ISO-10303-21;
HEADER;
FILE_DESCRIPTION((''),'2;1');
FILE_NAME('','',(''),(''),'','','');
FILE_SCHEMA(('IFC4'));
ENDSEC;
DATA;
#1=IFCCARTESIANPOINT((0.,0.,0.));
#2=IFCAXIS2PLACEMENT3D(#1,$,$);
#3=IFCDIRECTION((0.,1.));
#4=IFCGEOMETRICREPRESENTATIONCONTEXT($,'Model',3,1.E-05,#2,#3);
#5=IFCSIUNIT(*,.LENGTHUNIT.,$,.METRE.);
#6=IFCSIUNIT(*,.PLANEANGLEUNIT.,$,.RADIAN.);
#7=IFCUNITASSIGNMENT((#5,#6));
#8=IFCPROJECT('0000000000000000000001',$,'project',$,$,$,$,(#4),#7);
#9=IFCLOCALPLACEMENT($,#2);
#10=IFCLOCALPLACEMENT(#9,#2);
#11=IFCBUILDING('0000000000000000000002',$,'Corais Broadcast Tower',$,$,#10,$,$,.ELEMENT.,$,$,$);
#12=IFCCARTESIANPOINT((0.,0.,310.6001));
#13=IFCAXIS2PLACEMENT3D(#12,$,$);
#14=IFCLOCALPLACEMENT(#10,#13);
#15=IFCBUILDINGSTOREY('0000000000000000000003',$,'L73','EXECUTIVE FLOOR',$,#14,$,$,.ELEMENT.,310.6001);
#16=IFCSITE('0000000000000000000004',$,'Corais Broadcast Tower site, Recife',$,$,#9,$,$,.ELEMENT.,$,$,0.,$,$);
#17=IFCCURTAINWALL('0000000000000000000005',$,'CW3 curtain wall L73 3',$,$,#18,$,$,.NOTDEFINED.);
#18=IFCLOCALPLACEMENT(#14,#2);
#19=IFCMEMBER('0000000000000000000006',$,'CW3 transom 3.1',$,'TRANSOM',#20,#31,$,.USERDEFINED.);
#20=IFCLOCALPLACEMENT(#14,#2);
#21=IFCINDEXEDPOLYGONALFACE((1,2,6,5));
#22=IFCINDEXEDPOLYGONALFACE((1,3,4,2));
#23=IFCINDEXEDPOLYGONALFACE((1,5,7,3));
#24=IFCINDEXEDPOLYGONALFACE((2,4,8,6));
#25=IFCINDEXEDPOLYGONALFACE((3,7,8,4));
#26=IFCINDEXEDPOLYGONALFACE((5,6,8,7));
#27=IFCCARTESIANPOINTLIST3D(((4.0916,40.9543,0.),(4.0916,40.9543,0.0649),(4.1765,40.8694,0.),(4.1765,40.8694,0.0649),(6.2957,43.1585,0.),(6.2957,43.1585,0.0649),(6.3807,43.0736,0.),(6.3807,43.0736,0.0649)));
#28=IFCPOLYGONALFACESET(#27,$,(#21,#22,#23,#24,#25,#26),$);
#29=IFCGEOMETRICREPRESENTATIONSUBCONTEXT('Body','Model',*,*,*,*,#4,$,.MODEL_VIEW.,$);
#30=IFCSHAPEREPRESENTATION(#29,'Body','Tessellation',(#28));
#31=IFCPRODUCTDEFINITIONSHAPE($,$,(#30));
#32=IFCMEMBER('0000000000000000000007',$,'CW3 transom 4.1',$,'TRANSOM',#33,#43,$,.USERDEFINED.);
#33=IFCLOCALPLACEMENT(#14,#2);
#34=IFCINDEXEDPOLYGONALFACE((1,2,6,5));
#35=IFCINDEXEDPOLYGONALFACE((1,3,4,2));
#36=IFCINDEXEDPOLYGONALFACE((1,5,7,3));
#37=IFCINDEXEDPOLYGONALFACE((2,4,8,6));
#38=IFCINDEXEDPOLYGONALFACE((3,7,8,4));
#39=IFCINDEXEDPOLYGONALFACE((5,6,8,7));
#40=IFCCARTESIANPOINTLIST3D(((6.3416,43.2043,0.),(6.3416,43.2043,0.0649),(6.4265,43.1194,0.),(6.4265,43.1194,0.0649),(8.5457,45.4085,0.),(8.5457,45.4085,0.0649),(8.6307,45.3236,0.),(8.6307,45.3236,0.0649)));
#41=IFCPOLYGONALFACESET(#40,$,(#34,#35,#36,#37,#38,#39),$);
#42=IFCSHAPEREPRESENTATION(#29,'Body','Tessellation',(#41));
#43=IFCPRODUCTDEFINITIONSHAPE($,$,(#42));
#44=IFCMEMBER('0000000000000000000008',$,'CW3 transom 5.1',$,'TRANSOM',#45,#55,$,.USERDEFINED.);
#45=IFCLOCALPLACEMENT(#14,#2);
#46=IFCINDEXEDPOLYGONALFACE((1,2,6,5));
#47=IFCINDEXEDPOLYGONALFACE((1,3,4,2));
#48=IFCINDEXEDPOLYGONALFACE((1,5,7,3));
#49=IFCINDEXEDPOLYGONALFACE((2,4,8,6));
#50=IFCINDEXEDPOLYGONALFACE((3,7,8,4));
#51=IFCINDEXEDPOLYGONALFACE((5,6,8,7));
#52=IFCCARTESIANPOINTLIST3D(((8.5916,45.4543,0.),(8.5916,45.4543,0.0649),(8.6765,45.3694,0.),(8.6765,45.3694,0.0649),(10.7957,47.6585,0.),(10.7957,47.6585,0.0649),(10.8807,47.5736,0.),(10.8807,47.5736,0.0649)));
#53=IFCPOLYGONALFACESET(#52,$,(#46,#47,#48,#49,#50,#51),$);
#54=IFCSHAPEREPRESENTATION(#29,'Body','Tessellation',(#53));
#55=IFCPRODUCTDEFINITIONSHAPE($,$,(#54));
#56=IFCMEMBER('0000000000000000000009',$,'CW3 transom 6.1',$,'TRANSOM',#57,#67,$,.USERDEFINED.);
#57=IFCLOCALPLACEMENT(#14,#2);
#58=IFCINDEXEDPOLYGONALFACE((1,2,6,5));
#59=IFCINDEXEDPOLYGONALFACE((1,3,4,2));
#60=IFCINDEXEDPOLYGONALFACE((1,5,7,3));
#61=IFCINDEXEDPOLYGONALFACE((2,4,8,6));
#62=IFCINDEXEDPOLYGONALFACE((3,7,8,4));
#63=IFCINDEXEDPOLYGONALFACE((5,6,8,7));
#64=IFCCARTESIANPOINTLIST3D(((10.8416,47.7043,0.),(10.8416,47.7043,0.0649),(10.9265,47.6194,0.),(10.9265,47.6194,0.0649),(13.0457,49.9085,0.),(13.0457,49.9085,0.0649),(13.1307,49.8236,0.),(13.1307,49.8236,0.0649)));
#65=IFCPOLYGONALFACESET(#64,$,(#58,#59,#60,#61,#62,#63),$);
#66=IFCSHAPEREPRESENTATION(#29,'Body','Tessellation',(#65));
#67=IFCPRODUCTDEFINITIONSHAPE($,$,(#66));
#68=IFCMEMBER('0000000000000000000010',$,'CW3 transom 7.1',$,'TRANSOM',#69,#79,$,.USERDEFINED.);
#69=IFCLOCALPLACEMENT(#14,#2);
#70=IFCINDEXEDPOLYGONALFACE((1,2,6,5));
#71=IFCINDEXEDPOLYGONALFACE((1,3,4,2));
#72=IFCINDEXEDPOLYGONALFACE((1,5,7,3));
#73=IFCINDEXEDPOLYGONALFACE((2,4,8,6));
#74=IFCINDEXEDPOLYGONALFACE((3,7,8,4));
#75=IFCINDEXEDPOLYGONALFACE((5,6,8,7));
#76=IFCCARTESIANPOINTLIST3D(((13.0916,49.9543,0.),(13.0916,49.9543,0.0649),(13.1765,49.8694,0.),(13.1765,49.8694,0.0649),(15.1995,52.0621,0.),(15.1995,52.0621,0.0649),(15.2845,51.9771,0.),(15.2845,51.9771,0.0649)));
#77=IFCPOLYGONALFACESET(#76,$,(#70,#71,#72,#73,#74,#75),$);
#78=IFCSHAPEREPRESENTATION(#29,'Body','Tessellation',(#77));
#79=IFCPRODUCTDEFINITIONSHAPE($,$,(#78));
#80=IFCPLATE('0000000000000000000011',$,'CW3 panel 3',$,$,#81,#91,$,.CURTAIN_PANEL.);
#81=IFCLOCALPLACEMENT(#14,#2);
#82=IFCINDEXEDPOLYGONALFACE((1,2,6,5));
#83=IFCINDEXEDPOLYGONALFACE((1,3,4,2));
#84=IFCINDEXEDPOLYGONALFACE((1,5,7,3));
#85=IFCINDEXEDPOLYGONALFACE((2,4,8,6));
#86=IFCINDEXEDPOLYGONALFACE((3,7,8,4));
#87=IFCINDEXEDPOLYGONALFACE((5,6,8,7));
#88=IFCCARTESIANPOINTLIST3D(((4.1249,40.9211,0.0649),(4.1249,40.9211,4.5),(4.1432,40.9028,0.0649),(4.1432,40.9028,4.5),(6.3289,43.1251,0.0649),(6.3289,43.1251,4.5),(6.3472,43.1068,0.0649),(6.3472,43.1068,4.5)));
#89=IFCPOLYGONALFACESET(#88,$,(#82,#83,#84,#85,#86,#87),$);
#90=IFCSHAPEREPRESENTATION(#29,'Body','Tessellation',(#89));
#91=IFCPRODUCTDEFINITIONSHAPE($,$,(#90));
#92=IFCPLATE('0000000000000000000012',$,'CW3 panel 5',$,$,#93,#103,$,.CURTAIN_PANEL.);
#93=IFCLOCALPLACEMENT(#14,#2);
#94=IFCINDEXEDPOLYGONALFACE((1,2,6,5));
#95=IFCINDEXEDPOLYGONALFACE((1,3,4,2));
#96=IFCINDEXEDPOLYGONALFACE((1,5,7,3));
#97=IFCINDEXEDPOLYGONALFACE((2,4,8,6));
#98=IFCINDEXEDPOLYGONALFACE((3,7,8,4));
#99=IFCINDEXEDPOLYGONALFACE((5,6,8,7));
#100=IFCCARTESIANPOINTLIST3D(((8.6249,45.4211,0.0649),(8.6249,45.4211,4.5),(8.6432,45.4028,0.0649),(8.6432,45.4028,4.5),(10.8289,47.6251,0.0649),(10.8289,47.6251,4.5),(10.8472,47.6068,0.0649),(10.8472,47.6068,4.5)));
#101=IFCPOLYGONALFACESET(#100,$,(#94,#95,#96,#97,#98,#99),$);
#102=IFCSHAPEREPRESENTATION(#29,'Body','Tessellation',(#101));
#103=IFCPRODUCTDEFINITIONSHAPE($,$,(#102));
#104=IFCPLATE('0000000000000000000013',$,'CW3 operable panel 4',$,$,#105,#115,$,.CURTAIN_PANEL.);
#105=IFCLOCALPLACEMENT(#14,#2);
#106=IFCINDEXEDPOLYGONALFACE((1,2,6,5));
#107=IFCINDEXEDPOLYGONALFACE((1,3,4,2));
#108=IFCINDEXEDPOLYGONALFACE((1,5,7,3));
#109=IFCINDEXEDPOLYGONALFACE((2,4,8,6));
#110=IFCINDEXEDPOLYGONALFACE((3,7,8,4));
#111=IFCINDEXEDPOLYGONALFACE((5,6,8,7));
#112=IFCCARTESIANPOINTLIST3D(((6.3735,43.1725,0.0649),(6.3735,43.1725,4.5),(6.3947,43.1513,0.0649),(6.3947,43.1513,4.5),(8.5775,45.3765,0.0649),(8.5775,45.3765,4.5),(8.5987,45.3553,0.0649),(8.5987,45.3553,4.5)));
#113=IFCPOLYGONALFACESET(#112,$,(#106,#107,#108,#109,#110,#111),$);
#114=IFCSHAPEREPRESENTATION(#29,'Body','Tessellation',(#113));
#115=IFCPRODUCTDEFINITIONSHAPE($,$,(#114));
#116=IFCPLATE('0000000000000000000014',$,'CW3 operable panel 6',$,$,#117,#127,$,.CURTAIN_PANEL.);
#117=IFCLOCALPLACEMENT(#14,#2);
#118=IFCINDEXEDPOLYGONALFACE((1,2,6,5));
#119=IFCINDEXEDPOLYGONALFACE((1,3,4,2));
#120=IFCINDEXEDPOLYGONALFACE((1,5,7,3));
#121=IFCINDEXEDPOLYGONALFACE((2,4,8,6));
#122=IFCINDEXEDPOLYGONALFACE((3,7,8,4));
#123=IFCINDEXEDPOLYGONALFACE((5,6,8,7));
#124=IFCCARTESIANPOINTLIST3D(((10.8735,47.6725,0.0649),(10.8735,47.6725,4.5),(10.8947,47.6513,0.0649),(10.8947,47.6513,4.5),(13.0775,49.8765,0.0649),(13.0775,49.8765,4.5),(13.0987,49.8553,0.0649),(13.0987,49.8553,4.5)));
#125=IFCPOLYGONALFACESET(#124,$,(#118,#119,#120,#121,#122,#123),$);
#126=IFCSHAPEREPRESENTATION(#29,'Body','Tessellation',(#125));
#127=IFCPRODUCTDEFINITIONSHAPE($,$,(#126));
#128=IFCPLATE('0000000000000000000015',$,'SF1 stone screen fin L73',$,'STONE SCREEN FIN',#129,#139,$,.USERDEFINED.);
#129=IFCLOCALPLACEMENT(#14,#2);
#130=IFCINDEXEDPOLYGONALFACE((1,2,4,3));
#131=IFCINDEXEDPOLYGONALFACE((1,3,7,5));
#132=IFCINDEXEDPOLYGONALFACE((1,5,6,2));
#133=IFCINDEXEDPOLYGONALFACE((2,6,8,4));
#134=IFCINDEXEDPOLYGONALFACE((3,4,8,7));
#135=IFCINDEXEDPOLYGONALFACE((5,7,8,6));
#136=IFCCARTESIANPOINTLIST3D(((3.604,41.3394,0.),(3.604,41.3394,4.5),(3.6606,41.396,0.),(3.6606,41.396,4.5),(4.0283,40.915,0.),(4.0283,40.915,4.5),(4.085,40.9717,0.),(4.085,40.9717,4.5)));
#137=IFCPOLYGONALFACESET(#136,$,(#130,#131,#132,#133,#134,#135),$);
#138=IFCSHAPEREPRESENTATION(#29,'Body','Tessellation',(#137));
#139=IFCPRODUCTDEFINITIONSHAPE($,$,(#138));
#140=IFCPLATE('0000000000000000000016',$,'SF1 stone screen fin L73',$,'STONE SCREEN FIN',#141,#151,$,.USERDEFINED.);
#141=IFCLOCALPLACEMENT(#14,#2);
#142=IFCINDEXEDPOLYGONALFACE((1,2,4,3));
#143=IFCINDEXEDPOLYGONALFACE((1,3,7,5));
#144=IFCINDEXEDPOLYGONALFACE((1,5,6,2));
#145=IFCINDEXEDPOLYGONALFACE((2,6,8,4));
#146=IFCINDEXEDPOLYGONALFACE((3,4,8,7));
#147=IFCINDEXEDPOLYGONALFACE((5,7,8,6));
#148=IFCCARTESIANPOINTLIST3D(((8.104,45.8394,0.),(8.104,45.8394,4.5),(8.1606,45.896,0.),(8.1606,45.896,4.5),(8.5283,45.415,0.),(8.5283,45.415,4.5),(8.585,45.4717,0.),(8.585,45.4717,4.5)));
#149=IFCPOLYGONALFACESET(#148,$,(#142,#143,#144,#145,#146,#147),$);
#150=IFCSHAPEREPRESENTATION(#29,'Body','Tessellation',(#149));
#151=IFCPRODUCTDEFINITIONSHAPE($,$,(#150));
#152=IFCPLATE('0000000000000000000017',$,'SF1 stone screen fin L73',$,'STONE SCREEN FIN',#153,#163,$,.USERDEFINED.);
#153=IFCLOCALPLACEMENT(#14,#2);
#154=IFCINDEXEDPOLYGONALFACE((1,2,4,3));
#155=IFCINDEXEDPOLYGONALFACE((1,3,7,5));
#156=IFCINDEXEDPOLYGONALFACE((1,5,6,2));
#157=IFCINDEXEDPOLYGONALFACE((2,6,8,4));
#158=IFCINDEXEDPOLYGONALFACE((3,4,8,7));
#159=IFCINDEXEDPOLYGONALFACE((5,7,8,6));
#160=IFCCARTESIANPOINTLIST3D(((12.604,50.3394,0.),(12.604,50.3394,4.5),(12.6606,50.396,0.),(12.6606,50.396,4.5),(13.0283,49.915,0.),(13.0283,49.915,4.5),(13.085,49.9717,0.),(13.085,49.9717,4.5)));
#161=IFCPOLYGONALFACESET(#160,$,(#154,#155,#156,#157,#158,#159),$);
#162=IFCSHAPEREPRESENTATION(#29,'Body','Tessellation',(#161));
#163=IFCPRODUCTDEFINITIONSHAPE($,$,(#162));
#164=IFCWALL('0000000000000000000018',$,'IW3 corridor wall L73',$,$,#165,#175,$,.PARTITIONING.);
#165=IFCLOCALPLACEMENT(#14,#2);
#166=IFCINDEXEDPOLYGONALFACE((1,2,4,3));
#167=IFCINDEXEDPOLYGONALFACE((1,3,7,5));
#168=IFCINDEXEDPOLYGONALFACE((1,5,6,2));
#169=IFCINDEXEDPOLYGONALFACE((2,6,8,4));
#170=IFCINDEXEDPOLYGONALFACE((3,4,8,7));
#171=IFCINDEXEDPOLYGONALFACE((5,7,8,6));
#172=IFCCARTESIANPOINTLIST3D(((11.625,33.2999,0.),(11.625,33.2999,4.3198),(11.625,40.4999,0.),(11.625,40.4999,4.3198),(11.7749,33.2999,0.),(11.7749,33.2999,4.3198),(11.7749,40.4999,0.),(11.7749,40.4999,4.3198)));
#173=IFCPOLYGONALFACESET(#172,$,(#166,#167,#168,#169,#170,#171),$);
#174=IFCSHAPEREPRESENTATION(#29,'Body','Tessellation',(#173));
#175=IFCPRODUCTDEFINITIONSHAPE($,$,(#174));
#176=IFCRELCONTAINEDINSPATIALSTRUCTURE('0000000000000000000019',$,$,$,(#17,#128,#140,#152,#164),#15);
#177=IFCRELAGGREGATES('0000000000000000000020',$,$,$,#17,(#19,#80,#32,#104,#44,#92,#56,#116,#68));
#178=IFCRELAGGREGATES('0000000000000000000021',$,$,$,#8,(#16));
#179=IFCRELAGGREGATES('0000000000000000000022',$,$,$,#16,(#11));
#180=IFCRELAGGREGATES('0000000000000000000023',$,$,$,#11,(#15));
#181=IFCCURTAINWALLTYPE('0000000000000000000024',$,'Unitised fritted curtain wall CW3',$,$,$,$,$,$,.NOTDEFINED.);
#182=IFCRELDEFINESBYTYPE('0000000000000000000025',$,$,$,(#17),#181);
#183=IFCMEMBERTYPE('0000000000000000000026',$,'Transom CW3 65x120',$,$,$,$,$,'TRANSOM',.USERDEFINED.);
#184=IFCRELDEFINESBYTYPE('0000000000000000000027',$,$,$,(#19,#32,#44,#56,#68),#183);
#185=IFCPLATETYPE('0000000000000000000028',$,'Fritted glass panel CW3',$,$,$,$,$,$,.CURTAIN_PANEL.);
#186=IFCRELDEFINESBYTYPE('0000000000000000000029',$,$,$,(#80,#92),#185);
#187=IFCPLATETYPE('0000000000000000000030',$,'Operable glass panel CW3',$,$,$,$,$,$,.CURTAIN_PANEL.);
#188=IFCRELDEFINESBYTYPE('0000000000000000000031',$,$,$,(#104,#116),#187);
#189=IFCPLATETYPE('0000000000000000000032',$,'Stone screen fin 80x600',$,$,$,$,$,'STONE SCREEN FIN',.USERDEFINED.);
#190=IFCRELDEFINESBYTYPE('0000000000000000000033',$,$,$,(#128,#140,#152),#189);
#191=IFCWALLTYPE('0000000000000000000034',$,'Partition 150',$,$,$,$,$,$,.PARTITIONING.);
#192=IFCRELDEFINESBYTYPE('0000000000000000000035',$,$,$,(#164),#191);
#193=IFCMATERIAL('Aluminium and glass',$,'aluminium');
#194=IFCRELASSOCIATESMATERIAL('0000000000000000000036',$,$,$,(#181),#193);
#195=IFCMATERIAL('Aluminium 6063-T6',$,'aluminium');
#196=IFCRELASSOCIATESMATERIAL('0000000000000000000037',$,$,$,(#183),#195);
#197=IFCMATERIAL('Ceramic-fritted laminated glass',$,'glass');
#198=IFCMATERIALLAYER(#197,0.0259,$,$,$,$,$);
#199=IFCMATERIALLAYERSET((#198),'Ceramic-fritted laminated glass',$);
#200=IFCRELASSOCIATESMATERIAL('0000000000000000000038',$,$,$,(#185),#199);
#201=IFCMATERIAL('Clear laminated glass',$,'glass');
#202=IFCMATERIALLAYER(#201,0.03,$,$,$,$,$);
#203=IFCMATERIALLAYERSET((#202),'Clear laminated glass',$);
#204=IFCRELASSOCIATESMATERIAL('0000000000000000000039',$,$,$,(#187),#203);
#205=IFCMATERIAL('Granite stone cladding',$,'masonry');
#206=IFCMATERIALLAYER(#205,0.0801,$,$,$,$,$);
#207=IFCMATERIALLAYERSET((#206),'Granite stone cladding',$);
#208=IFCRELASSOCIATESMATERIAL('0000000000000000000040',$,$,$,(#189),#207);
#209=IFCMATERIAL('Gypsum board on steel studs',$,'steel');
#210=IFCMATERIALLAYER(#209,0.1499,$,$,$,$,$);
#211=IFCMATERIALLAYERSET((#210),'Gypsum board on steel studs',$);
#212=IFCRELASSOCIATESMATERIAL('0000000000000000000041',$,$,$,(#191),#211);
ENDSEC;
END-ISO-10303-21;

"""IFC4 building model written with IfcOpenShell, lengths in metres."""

from ifc_helpers import new_model, si_unit, direction, frame, frame_2d, origin, origin_2d, place, context, subcontext, project, spatial, rectangle, extrude, material, layer, layer_set, material_profile, profile_set, type_object, element, aggregate, save


model = new_model("IFC4")

# Units and contexts
model_context = context("Model", 3, precision=1e-05, world=origin(), true_north=direction((0.0, 1.0)))
body_context = subcontext(model_context, "Body", "Model", "MODEL_VIEW")
ifc_project = project(units=[si_unit("LENGTHUNIT", "METRE"), si_unit("PLANEANGLEUNIT", "RADIAN")], contexts=[model_context])

# Site, building, storey
site_placement = place(None, origin())
site = spatial("IfcSite", under=ifc_project, at=site_placement, Name="Corais Broadcast Tower site, Recife", CompositionType="ELEMENT", RefElevation=0.0)
building_placement = place(site_placement, origin())
building = spatial("IfcBuilding", under=site, at=building_placement, Name="Corais Broadcast Tower", CompositionType="ELEMENT")
storey_placement = place(building_placement, frame((0.0, 0.0, 310.6001)))
storey = spatial("IfcBuildingStorey", under=building, at=storey_placement, Name="L73", Description="EXECUTIVE FLOOR", CompositionType="ELEMENT", Elevation=310.6001)

# Curtain wall
ifc_material_1 = material(Name="Aluminium and glass", Category="aluminium")
curtain_wall_type = type_object("IfcCurtainWallType", Name="Unitised fritted curtain wall CW3", PredefinedType="NOTDEFINED", material=ifc_material_1)
curtain_wall_placement = place(storey_placement, origin())
curtain_wall = element("IfcCurtainWall", 1, at=curtain_wall_placement, inside=storey, type_object=curtain_wall_type, Name="CW3 curtain wall L73 3", PredefinedType="NOTDEFINED")

# Members
ifc_material_2 = material(Name="Aluminium 6063-T6", Category="aluminium")
ifc_material_profile_1 = material_profile(ifc_material_2, rectangle(XDim=0.1201, YDim=0.0649, at=origin_2d()), Name="Transom CW3 65x120")
ifc_profile_set_1 = profile_set([ifc_material_profile_1], Name="Aluminium 6063-T6")
member_type_1 = type_object("IfcMemberType", Name="Transom CW3 65x120", ElementType="TRANSOM", PredefinedType="USERDEFINED", material=ifc_profile_set_1)
member_1_placement = place(storey_placement, frame((4.134, 40.9119, 0.0325), z_axis=(0.707107, 0.707107, 0.0), x_axis=(-0.707107, 0.707107, 0.0)))
member_1 = element("IfcMember", 2, at=member_1_placement, type_object=member_type_1, Name="CW3 transom 3.1", ObjectType="TRANSOM", PredefinedType="USERDEFINED", context=body_context, shape_type="SweptSolid", body=[
    extrude(rectangle(XDim=0.1201, YDim=0.0649, at=origin_2d()), origin(), (0.0, 0.0, 1.0), 3.1172),
])
member_2_placement = place(storey_placement, frame((6.384, 43.1619, 0.0325), z_axis=(0.707107, 0.707107, 0.0), x_axis=(-0.707107, 0.707107, 0.0)))
member_2 = element("IfcMember", 3, at=member_2_placement, type_object=member_type_1, Name="CW3 transom 4.1", ObjectType="TRANSOM", PredefinedType="USERDEFINED", context=body_context, shape_type="SweptSolid", body=[
    extrude(rectangle(XDim=0.1201, YDim=0.0649, at=origin_2d()), origin(), (0.0, 0.0, 1.0), 3.1172),
])
member_3_placement = place(storey_placement, frame((8.634, 45.4119, 0.0325), z_axis=(0.707107, 0.707107, 0.0), x_axis=(-0.707107, 0.707107, 0.0)))
member_3 = element("IfcMember", 4, at=member_3_placement, type_object=member_type_1, Name="CW3 transom 5.1", ObjectType="TRANSOM", PredefinedType="USERDEFINED", context=body_context, shape_type="SweptSolid", body=[
    extrude(rectangle(XDim=0.1201, YDim=0.0649, at=origin_2d()), origin(), (0.0, 0.0, 1.0), 3.1172),
])
member_4_placement = place(storey_placement, frame((10.884, 47.6619, 0.0325), z_axis=(0.707107, 0.707107, 0.0), x_axis=(-0.707107, 0.707107, 0.0)))
member_4 = element("IfcMember", 5, at=member_4_placement, type_object=member_type_1, Name="CW3 transom 6.1", ObjectType="TRANSOM", PredefinedType="USERDEFINED", context=body_context, shape_type="SweptSolid", body=[
    extrude(rectangle(XDim=0.1201, YDim=0.0649, at=origin_2d()), origin(), (0.0, 0.0, 1.0), 3.1172),
])
member_5_placement = place(storey_placement, frame((13.134, 49.9119, 0.0325), z_axis=(0.707148, 0.707066, 0.0), x_axis=(-0.707066, 0.707148, 0.0)))
member_5 = element("IfcMember", 6, at=member_5_placement, type_object=member_type_1, Name="CW3 transom 7.1", ObjectType="TRANSOM", PredefinedType="USERDEFINED", context=body_context, shape_type="SweptSolid", body=[
    extrude(rectangle(XDim=0.1201, YDim=0.0649, at=origin_2d()), origin(), (0.0, 0.0, 1.0), 2.981),
])

# Plates
ifc_material_3 = material(Name="Ceramic-fritted laminated glass", Category="glass")
ifc_layer_1 = layer(ifc_material_3, 0.0259)
ifc_layer_set_1 = layer_set([ifc_layer_1], Name="Ceramic-fritted laminated glass")
plate_type_1 = type_object("IfcPlateType", Name="Fritted glass panel CW3", PredefinedType="CURTAIN_PANEL", material=ifc_layer_set_1)
plate_1_placement = place(storey_placement, frame((5.2361, 42.0139, 0.0649), z_axis=(0.0, 0.0, 1.0), x_axis=(0.707107, 0.707107, 0.0)))
plate_1 = element("IfcPlate", 7, at=plate_1_placement, type_object=plate_type_1, Name="CW3 panel 3", PredefinedType="CURTAIN_PANEL", context=body_context, shape_type="SweptSolid", body=[
    extrude(rectangle(XDim=3.1169, YDim=0.0259, at=origin_2d()), origin(), (0.0, 0.0, 1.0), 4.4351),
])
plate_2_placement = place(storey_placement, frame((9.7361, 46.5139, 0.0649), z_axis=(0.0, 0.0, 1.0), x_axis=(0.707107, 0.707107, 0.0)))
plate_2 = element("IfcPlate", 8, at=plate_2_placement, type_object=plate_type_1, Name="CW3 panel 5", PredefinedType="CURTAIN_PANEL", context=body_context, shape_type="SweptSolid", body=[
    extrude(rectangle(XDim=3.1169, YDim=0.0259, at=origin_2d()), origin(), (0.0, 0.0, 1.0), 4.4351),
])
ifc_material_4 = material(Name="Clear laminated glass", Category="glass")
ifc_layer_2 = layer(ifc_material_4, 0.03)
ifc_layer_set_2 = layer_set([ifc_layer_2], Name="Clear laminated glass")
plate_type_2 = type_object("IfcPlateType", Name="Operable glass panel CW3", PredefinedType="CURTAIN_PANEL", material=ifc_layer_set_2)
plate_3_placement = place(storey_placement, frame((7.4861, 44.2639, 0.0649), z_axis=(0.0, 0.0, 1.0), x_axis=(0.707107, 0.707107, 0.0)))
plate_3 = element("IfcPlate", 9, at=plate_3_placement, type_object=plate_type_2, Name="CW3 operable panel 4", PredefinedType="CURTAIN_PANEL", context=body_context, shape_type="SweptSolid", body=[
    extrude(rectangle(XDim=3.1169, YDim=0.03, at=origin_2d()), origin(), (0.0, 0.0, 1.0), 4.4351),
])
plate_4_placement = place(storey_placement, frame((11.9861, 48.7639, 0.0649), z_axis=(0.0, 0.0, 1.0), x_axis=(0.707107, 0.707107, 0.0)))
plate_4 = element("IfcPlate", 10, at=plate_4_placement, type_object=plate_type_2, Name="CW3 operable panel 6", PredefinedType="CURTAIN_PANEL", context=body_context, shape_type="SweptSolid", body=[
    extrude(rectangle(XDim=3.1169, YDim=0.03, at=origin_2d()), origin(), (0.0, 0.0, 1.0), 4.4351),
])
aggregate(curtain_wall, [member_1, plate_1, member_2, plate_3, member_3, plate_2, member_4, plate_4, member_5])

# Plates
ifc_material_5 = material(Name="Granite stone cladding", Category="masonry")
ifc_layer_3 = layer(ifc_material_5, 0.0801)
ifc_layer_set_3 = layer_set([ifc_layer_3], Name="Granite stone cladding")
plate_type_3 = type_object("IfcPlateType", Name="Stone screen fin 80x600", ElementType="STONE SCREEN FIN", PredefinedType="USERDEFINED", material=ifc_layer_set_3)
for number, where, z_axis, x_axis, name in (
    (11, (3.8445, 41.1555, 0.0), (0.0, 0.0, 1.0), (0.707107, 0.707107, 0.0), "SF1 stone screen fin L73"),
    (12, (8.3445, 45.6555, 0.0), (0.0, 0.0, 1.0), (0.707107, 0.707107, 0.0), "SF1 stone screen fin L73"),
    (13, (12.8445, 50.1555, 0.0), (0.0, 0.0, 1.0), (0.707107, 0.707107, 0.0), "SF1 stone screen fin L73"),
):
    element("IfcPlate", number, at=place(storey_placement, frame(where, z_axis=z_axis, x_axis=x_axis)), inside=storey, type_object=plate_type_3, Name=name, ObjectType="STONE SCREEN FIN", PredefinedType="USERDEFINED", context=body_context, shape_type="SweptSolid", body=[
        extrude(rectangle(XDim=0.0801, YDim=0.6001, at=origin_2d()), origin(), (0.0, 0.0, 1.0), 4.5),
    ])

# Wall
ifc_material_6 = material(Name="Gypsum board on steel studs", Category="steel")
ifc_layer_4 = layer(ifc_material_6, 0.1499)
ifc_layer_set_4 = layer_set([ifc_layer_4], Name="Gypsum board on steel studs")
wall_type = type_object("IfcWallType", Name="Partition 150", PredefinedType="PARTITIONING", material=ifc_layer_set_4)
wall_placement = place(storey_placement, frame((11.7, 40.5, 0.0), z_axis=(0.0, 0.0, 1.0), x_axis=(0.0, -1.0, 0.0)))
element("IfcWall", 14, at=wall_placement, inside=storey, type_object=wall_type, Name="IW3 corridor wall L73", PredefinedType="PARTITIONING", context=body_context, shape_type="SweptSolid", body=[
    extrude(rectangle(XDim=7.2, YDim=0.1499, at=frame_2d((3.6001, 0.0))), origin(), (0.0, 0.0, 1.0), 4.3198),
])

save(model, "model.ifc")
